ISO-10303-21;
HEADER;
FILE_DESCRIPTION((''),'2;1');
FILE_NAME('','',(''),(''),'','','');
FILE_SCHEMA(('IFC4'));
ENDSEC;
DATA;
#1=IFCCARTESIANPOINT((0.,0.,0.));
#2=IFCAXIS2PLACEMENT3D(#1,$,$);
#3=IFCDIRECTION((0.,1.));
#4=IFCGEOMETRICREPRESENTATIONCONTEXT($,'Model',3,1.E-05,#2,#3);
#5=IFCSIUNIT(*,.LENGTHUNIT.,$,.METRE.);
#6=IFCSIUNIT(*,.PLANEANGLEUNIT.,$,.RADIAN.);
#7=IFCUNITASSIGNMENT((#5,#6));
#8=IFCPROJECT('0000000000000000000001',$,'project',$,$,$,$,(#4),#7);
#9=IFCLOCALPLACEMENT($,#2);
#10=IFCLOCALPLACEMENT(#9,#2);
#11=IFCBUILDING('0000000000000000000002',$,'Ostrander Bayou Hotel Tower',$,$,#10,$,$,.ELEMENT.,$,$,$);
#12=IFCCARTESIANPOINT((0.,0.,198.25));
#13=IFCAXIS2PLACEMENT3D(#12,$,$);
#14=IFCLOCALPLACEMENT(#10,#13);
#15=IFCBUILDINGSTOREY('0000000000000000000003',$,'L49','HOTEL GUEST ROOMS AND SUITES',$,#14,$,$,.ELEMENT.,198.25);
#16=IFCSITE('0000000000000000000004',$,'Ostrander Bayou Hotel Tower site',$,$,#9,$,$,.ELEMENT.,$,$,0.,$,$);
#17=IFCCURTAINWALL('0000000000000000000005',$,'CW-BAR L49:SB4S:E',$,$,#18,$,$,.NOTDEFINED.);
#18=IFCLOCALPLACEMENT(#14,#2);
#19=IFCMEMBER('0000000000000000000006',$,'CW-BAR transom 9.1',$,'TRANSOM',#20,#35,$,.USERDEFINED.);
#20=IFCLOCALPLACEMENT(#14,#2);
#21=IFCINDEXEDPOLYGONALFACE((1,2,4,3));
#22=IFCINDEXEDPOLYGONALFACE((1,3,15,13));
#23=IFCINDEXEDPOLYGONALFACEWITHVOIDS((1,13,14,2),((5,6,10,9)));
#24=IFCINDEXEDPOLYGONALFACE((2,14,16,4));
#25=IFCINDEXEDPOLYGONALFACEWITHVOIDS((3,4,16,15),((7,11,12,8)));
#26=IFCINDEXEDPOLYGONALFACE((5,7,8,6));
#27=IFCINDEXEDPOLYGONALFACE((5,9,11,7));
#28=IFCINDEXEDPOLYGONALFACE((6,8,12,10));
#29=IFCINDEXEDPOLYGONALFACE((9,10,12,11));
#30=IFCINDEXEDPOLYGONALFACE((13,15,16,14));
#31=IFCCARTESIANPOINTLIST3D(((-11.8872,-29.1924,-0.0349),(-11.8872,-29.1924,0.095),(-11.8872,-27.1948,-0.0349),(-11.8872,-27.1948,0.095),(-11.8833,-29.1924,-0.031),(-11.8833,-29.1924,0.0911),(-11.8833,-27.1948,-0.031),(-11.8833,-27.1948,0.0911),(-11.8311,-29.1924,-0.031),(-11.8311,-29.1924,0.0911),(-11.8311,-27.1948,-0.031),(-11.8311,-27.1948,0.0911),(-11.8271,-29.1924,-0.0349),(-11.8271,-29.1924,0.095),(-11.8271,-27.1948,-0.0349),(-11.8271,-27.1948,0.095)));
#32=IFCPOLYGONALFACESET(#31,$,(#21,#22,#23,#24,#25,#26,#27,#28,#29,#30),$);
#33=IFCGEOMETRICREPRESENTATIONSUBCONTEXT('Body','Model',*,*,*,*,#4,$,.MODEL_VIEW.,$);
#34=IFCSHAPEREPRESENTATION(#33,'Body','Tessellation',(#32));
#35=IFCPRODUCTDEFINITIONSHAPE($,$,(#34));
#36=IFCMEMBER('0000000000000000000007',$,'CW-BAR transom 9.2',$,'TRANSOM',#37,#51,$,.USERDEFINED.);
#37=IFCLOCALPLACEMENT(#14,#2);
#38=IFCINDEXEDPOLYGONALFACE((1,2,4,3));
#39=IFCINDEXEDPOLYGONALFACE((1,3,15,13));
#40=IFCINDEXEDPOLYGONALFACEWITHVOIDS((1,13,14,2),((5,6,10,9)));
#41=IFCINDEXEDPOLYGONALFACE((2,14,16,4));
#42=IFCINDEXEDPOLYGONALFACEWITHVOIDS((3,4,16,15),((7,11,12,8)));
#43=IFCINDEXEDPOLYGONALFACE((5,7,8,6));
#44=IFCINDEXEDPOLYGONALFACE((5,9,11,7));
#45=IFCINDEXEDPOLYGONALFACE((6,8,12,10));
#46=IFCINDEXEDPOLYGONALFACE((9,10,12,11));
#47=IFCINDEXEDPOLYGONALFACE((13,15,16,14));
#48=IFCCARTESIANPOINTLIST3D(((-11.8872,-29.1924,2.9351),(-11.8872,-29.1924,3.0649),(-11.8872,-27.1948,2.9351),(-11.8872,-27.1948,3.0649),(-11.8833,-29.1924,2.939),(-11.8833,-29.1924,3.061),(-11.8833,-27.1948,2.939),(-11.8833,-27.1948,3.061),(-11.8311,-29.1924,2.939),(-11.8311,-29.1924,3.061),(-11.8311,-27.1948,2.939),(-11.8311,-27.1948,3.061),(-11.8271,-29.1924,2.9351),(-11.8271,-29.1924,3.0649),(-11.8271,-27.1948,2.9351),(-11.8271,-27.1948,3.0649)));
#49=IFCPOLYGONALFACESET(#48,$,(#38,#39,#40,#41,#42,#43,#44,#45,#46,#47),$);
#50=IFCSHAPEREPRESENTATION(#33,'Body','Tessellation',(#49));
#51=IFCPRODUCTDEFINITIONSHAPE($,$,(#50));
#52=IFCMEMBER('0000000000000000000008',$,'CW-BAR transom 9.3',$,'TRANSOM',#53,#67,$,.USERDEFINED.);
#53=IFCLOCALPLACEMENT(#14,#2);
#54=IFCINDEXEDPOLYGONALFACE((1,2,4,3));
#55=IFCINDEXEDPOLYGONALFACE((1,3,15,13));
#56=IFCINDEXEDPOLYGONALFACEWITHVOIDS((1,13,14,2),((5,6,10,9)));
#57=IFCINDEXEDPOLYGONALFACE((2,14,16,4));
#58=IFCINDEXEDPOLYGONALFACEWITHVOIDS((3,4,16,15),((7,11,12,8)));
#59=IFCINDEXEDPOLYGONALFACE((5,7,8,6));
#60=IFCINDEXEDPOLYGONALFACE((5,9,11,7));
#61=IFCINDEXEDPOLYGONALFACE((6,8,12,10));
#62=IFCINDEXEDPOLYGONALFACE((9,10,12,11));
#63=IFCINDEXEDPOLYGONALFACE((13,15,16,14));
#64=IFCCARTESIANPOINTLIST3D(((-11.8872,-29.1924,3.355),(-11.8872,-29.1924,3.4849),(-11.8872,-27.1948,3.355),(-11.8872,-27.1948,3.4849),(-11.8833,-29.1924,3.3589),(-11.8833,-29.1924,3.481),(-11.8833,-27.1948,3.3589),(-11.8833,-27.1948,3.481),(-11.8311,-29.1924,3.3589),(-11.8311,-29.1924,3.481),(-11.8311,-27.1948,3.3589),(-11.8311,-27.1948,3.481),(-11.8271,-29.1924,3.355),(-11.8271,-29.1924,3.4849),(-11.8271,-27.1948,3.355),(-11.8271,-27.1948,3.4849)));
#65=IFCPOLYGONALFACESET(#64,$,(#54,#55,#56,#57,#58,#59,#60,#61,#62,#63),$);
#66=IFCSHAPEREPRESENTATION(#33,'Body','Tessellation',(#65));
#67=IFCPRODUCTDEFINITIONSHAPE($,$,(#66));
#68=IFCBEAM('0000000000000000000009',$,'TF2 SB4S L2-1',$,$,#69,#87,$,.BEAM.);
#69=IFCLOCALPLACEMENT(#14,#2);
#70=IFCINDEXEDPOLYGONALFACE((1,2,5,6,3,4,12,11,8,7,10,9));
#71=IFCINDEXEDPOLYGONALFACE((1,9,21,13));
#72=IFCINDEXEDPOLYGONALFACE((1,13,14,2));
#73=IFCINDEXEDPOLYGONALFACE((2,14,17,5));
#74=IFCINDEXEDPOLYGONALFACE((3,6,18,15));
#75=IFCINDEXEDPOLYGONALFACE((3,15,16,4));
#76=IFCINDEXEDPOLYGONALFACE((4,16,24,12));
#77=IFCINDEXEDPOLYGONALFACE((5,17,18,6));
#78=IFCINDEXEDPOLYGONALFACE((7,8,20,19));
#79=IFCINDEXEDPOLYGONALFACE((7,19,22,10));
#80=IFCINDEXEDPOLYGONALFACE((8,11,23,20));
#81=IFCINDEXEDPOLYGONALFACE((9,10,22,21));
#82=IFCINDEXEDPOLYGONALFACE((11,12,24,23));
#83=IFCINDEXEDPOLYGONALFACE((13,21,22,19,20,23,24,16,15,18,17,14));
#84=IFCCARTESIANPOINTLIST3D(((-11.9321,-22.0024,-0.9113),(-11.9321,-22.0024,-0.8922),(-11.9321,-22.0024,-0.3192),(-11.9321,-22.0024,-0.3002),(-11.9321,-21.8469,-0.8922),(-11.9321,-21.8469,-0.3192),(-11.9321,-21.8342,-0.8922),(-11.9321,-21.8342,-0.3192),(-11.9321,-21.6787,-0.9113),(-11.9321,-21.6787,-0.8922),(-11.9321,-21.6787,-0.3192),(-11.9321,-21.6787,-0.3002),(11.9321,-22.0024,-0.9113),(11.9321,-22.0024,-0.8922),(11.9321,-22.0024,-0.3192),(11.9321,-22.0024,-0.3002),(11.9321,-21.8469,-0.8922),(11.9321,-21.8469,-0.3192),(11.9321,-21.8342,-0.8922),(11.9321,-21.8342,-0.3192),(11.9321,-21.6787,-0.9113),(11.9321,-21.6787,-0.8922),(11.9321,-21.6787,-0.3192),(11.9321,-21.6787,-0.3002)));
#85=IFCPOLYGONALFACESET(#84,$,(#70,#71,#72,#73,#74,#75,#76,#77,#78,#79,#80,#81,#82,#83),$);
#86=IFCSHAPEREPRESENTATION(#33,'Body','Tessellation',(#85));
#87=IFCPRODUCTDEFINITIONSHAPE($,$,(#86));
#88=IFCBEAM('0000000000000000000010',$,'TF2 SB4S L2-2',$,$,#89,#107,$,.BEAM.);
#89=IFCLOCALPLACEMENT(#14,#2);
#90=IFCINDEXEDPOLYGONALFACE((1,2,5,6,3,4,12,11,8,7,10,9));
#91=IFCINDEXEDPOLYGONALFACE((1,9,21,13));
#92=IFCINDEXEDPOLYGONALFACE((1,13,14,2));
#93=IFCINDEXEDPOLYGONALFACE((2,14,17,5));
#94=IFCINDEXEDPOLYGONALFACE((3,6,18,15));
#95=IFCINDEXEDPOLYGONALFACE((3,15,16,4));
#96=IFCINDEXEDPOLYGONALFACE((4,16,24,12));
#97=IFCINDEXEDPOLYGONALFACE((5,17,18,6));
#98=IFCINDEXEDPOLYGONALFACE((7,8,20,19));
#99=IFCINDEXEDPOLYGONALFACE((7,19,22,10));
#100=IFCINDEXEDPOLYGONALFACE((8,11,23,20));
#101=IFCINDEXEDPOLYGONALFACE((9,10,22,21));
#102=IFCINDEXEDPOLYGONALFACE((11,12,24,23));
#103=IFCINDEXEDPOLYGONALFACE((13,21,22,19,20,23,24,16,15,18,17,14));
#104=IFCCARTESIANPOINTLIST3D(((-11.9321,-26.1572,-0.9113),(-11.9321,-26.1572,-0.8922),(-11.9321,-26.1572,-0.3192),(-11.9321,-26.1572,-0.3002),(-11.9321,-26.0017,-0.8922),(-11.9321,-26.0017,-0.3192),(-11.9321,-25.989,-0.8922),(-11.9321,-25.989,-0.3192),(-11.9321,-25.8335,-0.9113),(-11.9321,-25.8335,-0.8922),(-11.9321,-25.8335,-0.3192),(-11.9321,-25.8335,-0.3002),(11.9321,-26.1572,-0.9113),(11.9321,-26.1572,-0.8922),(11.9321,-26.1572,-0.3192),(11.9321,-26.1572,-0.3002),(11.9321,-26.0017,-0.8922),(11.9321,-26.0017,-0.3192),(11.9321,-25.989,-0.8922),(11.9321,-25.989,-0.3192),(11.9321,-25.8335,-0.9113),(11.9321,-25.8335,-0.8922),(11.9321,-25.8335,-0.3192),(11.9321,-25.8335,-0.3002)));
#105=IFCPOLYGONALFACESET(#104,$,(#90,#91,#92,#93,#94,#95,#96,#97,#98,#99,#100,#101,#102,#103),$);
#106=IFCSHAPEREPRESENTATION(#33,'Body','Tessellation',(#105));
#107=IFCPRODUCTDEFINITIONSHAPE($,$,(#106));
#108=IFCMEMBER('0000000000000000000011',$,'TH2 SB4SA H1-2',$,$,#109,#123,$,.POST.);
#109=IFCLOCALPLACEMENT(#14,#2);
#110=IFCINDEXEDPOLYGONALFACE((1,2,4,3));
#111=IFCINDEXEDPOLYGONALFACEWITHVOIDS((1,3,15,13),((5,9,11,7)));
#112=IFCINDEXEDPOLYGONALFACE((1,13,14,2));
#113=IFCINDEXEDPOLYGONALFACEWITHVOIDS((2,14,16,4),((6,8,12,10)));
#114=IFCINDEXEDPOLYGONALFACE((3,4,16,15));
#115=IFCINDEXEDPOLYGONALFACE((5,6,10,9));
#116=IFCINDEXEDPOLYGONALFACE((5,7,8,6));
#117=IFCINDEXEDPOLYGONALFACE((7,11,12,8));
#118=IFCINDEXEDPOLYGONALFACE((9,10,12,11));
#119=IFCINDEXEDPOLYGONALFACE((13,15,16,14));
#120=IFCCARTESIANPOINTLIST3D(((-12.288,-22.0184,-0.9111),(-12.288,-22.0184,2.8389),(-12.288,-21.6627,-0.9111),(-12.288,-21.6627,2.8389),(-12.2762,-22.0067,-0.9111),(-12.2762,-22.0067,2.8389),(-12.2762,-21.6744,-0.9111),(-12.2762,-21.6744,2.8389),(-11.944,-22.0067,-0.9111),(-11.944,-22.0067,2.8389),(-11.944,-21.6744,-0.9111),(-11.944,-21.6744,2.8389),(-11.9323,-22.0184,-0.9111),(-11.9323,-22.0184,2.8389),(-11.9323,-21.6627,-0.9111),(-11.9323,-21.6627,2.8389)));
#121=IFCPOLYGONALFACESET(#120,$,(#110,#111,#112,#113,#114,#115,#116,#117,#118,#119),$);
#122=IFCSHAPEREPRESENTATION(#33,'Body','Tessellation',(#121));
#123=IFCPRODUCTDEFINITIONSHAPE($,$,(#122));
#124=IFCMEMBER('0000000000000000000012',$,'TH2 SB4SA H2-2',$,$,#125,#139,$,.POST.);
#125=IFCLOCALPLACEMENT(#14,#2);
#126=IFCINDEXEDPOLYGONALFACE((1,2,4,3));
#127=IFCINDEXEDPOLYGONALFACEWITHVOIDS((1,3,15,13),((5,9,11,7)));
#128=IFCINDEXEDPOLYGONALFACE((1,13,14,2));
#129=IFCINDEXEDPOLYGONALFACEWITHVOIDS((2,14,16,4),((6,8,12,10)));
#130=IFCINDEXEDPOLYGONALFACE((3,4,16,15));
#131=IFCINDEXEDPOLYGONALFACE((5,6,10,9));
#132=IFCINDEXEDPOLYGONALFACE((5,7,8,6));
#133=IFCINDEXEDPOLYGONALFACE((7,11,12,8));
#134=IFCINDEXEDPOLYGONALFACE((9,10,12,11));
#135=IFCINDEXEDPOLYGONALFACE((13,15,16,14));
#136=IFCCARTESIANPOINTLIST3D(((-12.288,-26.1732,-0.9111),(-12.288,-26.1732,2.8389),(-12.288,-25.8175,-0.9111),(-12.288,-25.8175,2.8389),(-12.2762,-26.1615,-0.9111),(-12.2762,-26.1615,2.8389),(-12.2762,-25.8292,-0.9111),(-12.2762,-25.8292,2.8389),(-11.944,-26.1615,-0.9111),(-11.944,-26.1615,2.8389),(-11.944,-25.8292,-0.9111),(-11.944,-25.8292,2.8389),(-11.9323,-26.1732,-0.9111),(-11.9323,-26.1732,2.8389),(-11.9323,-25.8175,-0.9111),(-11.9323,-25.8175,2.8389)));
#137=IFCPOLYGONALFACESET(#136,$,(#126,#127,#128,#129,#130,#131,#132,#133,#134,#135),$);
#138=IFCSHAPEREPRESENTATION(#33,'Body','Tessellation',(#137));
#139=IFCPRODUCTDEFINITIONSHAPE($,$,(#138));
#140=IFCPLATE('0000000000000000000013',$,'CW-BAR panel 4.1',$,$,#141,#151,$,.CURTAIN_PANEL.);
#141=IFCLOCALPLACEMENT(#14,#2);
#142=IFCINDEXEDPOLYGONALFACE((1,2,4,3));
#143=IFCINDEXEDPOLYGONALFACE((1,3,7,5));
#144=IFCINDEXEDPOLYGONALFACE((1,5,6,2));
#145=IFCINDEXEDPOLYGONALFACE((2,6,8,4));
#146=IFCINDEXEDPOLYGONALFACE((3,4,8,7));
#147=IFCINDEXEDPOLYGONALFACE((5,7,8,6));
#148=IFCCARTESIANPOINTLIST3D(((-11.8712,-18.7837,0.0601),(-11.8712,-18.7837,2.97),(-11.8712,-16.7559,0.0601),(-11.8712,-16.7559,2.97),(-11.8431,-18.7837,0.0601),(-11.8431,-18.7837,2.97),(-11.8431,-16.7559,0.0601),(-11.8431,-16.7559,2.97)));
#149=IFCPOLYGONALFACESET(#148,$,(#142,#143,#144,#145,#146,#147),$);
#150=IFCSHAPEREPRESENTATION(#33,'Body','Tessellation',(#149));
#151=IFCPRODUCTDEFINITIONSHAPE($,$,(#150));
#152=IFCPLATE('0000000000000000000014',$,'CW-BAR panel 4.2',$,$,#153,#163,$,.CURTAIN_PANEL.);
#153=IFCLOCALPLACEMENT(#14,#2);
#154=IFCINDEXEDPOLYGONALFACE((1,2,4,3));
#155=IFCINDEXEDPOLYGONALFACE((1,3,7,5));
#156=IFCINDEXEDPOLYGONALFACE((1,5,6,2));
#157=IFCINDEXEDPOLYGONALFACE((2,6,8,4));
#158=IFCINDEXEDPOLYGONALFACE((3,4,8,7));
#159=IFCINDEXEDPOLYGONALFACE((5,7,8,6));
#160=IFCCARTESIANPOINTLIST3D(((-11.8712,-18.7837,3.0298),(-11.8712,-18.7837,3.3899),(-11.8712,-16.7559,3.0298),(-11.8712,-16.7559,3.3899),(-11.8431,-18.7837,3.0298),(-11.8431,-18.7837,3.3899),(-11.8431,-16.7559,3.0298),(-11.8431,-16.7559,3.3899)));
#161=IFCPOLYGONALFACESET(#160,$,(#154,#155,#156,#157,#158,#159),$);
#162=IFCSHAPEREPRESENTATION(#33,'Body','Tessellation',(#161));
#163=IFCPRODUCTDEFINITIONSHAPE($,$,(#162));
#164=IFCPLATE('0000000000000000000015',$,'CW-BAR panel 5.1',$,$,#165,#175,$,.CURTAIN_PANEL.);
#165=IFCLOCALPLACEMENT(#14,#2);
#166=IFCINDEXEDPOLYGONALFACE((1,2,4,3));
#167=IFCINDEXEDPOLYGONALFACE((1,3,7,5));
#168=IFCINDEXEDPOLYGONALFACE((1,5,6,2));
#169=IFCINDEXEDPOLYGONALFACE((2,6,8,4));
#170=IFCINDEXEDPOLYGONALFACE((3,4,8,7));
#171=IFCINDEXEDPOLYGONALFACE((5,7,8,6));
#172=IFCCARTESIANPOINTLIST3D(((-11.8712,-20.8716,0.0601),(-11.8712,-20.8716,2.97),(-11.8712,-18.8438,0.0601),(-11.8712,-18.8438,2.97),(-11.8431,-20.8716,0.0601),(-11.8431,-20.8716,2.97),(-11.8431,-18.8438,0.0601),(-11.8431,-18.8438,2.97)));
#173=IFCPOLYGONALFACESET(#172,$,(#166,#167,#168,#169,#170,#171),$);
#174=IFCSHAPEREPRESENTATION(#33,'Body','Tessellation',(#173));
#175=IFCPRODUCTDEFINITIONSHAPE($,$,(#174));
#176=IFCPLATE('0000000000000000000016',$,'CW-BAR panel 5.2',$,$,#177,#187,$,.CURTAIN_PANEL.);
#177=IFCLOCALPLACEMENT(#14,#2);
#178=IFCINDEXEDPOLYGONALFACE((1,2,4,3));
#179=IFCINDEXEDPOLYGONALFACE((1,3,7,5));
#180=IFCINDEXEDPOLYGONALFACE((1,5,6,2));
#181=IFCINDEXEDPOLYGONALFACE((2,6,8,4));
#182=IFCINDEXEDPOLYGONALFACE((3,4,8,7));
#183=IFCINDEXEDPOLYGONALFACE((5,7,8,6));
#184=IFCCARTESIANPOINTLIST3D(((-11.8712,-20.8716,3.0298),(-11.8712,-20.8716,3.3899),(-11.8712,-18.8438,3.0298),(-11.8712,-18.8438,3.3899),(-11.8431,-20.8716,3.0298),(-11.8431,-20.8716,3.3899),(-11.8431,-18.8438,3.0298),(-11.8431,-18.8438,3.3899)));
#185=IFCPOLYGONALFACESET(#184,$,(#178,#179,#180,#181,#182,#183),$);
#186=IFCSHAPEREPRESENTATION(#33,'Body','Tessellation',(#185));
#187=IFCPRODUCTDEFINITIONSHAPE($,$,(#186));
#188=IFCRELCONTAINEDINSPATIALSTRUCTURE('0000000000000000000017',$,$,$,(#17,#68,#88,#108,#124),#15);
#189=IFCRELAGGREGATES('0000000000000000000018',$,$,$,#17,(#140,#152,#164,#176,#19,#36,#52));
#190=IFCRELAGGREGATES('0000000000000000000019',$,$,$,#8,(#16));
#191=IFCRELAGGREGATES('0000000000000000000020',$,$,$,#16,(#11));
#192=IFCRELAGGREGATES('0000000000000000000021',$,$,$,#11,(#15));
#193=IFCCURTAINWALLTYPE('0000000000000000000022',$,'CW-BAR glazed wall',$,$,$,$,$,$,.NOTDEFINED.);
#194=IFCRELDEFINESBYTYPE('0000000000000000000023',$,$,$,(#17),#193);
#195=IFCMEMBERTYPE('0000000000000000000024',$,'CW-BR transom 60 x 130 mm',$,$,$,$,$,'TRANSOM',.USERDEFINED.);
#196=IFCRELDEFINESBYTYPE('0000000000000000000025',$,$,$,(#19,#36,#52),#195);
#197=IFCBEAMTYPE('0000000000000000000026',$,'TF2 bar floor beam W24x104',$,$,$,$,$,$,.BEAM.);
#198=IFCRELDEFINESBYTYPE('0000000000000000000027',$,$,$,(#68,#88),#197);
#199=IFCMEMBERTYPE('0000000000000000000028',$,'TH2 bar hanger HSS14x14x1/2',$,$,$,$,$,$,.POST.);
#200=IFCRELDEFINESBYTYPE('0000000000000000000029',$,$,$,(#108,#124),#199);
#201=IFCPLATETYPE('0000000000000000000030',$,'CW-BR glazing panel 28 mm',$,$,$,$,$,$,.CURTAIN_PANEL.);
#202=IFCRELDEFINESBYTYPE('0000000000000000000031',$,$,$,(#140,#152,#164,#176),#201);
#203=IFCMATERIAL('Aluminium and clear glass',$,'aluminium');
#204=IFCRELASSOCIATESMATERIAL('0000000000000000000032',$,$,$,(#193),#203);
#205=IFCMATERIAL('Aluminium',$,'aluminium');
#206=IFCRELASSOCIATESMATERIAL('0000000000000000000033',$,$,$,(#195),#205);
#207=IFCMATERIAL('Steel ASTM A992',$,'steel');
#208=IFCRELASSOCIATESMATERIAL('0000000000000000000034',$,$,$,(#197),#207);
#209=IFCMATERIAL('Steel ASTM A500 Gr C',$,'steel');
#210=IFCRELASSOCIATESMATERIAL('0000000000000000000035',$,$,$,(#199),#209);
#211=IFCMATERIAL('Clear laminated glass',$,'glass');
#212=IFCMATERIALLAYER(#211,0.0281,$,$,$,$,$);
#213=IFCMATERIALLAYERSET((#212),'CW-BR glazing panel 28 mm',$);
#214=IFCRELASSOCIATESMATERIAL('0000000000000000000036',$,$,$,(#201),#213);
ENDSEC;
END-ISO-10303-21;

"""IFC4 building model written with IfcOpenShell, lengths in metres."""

from ifc_helpers import new_model, si_unit, direction, frame, origin, origin_2d, place, context, subcontext, project, spatial, rectangle, hollow_rectangle, i_section, extrude, material, layer, layer_set, material_profile, profile_set, type_object, element, aggregate, save


model = new_model("IFC4")

# Units and contexts
model_context = context("Model", 3, precision=1e-05, world=origin(), true_north=direction((0.0, 1.0)))
body_context = subcontext(model_context, "Body", "Model", "MODEL_VIEW")
ifc_project = project(units=[si_unit("LENGTHUNIT", "METRE"), si_unit("PLANEANGLEUNIT", "RADIAN")], contexts=[model_context])

# Site, building, storey
site_placement = place(None, origin())
site = spatial("IfcSite", under=ifc_project, at=site_placement, Name="Ostrander Bayou Hotel Tower site", CompositionType="ELEMENT", RefElevation=0.0)
building_placement = place(site_placement, origin())
building = spatial("IfcBuilding", under=site, at=building_placement, Name="Ostrander Bayou Hotel Tower", CompositionType="ELEMENT")
storey_placement = place(building_placement, frame((0.0, 0.0, 198.25)))
storey = spatial("IfcBuildingStorey", under=building, at=storey_placement, Name="L49", Description="HOTEL GUEST ROOMS AND SUITES", CompositionType="ELEMENT", Elevation=198.25)

# Curtain wall, members
ifc_material_1 = material(Name="Aluminium and clear glass", Category="aluminium")
curtain_wall_type = type_object("IfcCurtainWallType", Name="CW-BAR glazed wall", PredefinedType="NOTDEFINED", material=ifc_material_1)
curtain_wall_placement = place(storey_placement, origin())
curtain_wall = element("IfcCurtainWall", 1, at=curtain_wall_placement, inside=storey, type_object=curtain_wall_type, Name="CW-BAR L49:SB4S:E", PredefinedType="NOTDEFINED")
ifc_material_2 = material(Name="Aluminium", Category="aluminium")
ifc_material_profile_1 = material_profile(ifc_material_2, hollow_rectangle(XDim=0.0601, YDim=0.1299, WallThickness=0.0039, at=origin_2d()))
ifc_profile_set_1 = profile_set([ifc_material_profile_1], Name="Aluminium")
member_type_1 = type_object("IfcMemberType", Name="CW-BR transom 60 x 130 mm", ElementType="TRANSOM", PredefinedType="USERDEFINED", material=ifc_profile_set_1)
member_1_placement = place(storey_placement, frame((-11.8572, -27.1948, 0.03), z_axis=(0.0, -1.0, 0.0), x_axis=(1.0, 0.0, 0.0)))
member_1 = element("IfcMember", 2, at=member_1_placement, type_object=member_type_1, Name="CW-BAR transom 9.1", ObjectType="TRANSOM", PredefinedType="USERDEFINED", context=body_context, shape_type="SweptSolid", body=[
    extrude(hollow_rectangle(XDim=0.0601, YDim=0.1299, WallThickness=0.0039, at=origin_2d()), origin(), (0.0, 0.0, 1.0), 1.9976),
])
member_2_placement = place(storey_placement, frame((-11.8572, -27.1948, 3.0), z_axis=(0.0, -1.0, 0.0), x_axis=(1.0, 0.0, 0.0)))
member_2 = element("IfcMember", 3, at=member_2_placement, type_object=member_type_1, Name="CW-BAR transom 9.2", ObjectType="TRANSOM", PredefinedType="USERDEFINED", context=body_context, shape_type="SweptSolid", body=[
    extrude(hollow_rectangle(XDim=0.0601, YDim=0.1299, WallThickness=0.0039, at=origin_2d()), origin(), (0.0, 0.0, 1.0), 1.9976),
])
member_3_placement = place(storey_placement, frame((-11.8572, -27.1948, 3.4199), z_axis=(0.0, -1.0, 0.0), x_axis=(1.0, 0.0, 0.0)))
member_3 = element("IfcMember", 4, at=member_3_placement, type_object=member_type_1, Name="CW-BAR transom 9.3", ObjectType="TRANSOM", PredefinedType="USERDEFINED", context=body_context, shape_type="SweptSolid", body=[
    extrude(hollow_rectangle(XDim=0.0601, YDim=0.1299, WallThickness=0.0039, at=origin_2d()), origin(), (0.0, 0.0, 1.0), 1.9976),
])

# Beams
ifc_material_3 = material(Name="Steel ASTM A992", Category="steel")
ifc_material_profile_2 = material_profile(ifc_material_3, i_section(OverallWidth=0.3237, OverallDepth=0.6111, WebThickness=0.0127, FlangeThickness=0.019, at=origin_2d()))
ifc_profile_set_2 = profile_set([ifc_material_profile_2], Name="Steel ASTM A992")
beam_type = type_object("IfcBeamType", Name="TF2 bar floor beam W24x104", PredefinedType="BEAM", material=ifc_profile_set_2)
for number, where, z_axis, x_axis, name in (
    (5, (-11.9321, -21.8406, -0.6057), (1.0, 0.0, 0.0), (0.0, 1.0, 0.0), "TF2 SB4S L2-1"),
    (6, (-11.9321, -25.9954, -0.6057), (1.0, 0.0, 0.0), (0.0, 1.0, 0.0), "TF2 SB4S L2-2"),
):
    element("IfcBeam", number, at=place(storey_placement, frame(where, z_axis=z_axis, x_axis=x_axis)), inside=storey, type_object=beam_type, Name=name, PredefinedType="BEAM", context=body_context, shape_type="SweptSolid", body=[
        extrude(i_section(OverallWidth=0.3237, OverallDepth=0.6111, WebThickness=0.0127, FlangeThickness=0.019, at=origin_2d()), origin(), (0.0, 0.0, 1.0), 23.8643),
    ])

# Members
ifc_material_4 = material(Name="Steel ASTM A500 Gr C", Category="steel")
ifc_material_profile_3 = material_profile(ifc_material_4, hollow_rectangle(XDim=0.3557, YDim=0.3557, WallThickness=0.0117, at=origin_2d()))
ifc_profile_set_3 = profile_set([ifc_material_profile_3], Name="Steel ASTM A500 Gr C")
member_type_2 = type_object("IfcMemberType", Name="TH2 bar hanger HSS14x14x1/2", PredefinedType="POST", material=ifc_profile_set_3)
for number, where, z_axis, x_axis, name in (
    (7, (-12.1101, -21.8406, -0.9111), (0.0, 0.0, 1.0), (1.0, 0.0, 0.0), "TH2 SB4SA H1-2"),
    (8, (-12.1101, -25.9954, -0.9111), (0.0, 0.0, 1.0), (1.0, 0.0, 0.0), "TH2 SB4SA H2-2"),
):
    element("IfcMember", number, at=place(storey_placement, frame(where, z_axis=z_axis, x_axis=x_axis)), inside=storey, type_object=member_type_2, Name=name, PredefinedType="POST", context=body_context, shape_type="SweptSolid", body=[
        extrude(hollow_rectangle(XDim=0.3557, YDim=0.3557, WallThickness=0.0117, at=origin_2d()), origin(), (0.0, 0.0, 1.0), 3.75),
    ])

# Plates
ifc_material_5 = material(Name="Clear laminated glass", Category="glass")
ifc_layer_1 = layer(ifc_material_5, 0.0281)
ifc_layer_set_1 = layer_set([ifc_layer_1], Name="CW-BR glazing panel 28 mm")
plate_type = type_object("IfcPlateType", Name="CW-BR glazing panel 28 mm", PredefinedType="CURTAIN_PANEL", material=ifc_layer_set_1)
plate_1_placement = place(storey_placement, frame((-11.8572, -17.7698, 0.0601), z_axis=(0.0, 0.0, 1.0), x_axis=(0.0, -1.0, 0.0)))
plate_1 = element("IfcPlate", 9, at=plate_1_placement, type_object=plate_type, Name="CW-BAR panel 4.1", PredefinedType="CURTAIN_PANEL", context=body_context, shape_type="SweptSolid", body=[
    extrude(rectangle(XDim=2.0278, YDim=0.0281, at=origin_2d()), origin(), (0.0, 0.0, 1.0), 2.9099),
])
plate_2_placement = place(storey_placement, frame((-11.8572, -17.7698, 3.0298), z_axis=(0.0, 0.0, 1.0), x_axis=(0.0, -1.0, 0.0)))
plate_2 = element("IfcPlate", 10, at=plate_2_placement, type_object=plate_type, Name="CW-BAR panel 4.2", PredefinedType="CURTAIN_PANEL", context=body_context, shape_type="SweptSolid", body=[
    extrude(rectangle(XDim=2.0278, YDim=0.0281, at=origin_2d()), origin(), (0.0, 0.0, 1.0), 0.3601),
])
plate_3_placement = place(storey_placement, frame((-11.8572, -19.8577, 0.0601), z_axis=(0.0, 0.0, 1.0), x_axis=(0.0, -1.0, 0.0)))
plate_3 = element("IfcPlate", 11, at=plate_3_placement, type_object=plate_type, Name="CW-BAR panel 5.1", PredefinedType="CURTAIN_PANEL", context=body_context, shape_type="SweptSolid", body=[
    extrude(rectangle(XDim=2.0278, YDim=0.0281, at=origin_2d()), origin(), (0.0, 0.0, 1.0), 2.9099),
])
plate_4_placement = place(storey_placement, frame((-11.8572, -19.8577, 3.0298), z_axis=(0.0, 0.0, 1.0), x_axis=(0.0, -1.0, 0.0)))
plate_4 = element("IfcPlate", 12, at=plate_4_placement, type_object=plate_type, Name="CW-BAR panel 5.2", PredefinedType="CURTAIN_PANEL", context=body_context, shape_type="SweptSolid", body=[
    extrude(rectangle(XDim=2.0278, YDim=0.0281, at=origin_2d()), origin(), (0.0, 0.0, 1.0), 0.3601),
])
aggregate(curtain_wall, [plate_1, plate_2, plate_3, plate_4, member_1, member_2, member_3])

save(model, "model.ifc")
